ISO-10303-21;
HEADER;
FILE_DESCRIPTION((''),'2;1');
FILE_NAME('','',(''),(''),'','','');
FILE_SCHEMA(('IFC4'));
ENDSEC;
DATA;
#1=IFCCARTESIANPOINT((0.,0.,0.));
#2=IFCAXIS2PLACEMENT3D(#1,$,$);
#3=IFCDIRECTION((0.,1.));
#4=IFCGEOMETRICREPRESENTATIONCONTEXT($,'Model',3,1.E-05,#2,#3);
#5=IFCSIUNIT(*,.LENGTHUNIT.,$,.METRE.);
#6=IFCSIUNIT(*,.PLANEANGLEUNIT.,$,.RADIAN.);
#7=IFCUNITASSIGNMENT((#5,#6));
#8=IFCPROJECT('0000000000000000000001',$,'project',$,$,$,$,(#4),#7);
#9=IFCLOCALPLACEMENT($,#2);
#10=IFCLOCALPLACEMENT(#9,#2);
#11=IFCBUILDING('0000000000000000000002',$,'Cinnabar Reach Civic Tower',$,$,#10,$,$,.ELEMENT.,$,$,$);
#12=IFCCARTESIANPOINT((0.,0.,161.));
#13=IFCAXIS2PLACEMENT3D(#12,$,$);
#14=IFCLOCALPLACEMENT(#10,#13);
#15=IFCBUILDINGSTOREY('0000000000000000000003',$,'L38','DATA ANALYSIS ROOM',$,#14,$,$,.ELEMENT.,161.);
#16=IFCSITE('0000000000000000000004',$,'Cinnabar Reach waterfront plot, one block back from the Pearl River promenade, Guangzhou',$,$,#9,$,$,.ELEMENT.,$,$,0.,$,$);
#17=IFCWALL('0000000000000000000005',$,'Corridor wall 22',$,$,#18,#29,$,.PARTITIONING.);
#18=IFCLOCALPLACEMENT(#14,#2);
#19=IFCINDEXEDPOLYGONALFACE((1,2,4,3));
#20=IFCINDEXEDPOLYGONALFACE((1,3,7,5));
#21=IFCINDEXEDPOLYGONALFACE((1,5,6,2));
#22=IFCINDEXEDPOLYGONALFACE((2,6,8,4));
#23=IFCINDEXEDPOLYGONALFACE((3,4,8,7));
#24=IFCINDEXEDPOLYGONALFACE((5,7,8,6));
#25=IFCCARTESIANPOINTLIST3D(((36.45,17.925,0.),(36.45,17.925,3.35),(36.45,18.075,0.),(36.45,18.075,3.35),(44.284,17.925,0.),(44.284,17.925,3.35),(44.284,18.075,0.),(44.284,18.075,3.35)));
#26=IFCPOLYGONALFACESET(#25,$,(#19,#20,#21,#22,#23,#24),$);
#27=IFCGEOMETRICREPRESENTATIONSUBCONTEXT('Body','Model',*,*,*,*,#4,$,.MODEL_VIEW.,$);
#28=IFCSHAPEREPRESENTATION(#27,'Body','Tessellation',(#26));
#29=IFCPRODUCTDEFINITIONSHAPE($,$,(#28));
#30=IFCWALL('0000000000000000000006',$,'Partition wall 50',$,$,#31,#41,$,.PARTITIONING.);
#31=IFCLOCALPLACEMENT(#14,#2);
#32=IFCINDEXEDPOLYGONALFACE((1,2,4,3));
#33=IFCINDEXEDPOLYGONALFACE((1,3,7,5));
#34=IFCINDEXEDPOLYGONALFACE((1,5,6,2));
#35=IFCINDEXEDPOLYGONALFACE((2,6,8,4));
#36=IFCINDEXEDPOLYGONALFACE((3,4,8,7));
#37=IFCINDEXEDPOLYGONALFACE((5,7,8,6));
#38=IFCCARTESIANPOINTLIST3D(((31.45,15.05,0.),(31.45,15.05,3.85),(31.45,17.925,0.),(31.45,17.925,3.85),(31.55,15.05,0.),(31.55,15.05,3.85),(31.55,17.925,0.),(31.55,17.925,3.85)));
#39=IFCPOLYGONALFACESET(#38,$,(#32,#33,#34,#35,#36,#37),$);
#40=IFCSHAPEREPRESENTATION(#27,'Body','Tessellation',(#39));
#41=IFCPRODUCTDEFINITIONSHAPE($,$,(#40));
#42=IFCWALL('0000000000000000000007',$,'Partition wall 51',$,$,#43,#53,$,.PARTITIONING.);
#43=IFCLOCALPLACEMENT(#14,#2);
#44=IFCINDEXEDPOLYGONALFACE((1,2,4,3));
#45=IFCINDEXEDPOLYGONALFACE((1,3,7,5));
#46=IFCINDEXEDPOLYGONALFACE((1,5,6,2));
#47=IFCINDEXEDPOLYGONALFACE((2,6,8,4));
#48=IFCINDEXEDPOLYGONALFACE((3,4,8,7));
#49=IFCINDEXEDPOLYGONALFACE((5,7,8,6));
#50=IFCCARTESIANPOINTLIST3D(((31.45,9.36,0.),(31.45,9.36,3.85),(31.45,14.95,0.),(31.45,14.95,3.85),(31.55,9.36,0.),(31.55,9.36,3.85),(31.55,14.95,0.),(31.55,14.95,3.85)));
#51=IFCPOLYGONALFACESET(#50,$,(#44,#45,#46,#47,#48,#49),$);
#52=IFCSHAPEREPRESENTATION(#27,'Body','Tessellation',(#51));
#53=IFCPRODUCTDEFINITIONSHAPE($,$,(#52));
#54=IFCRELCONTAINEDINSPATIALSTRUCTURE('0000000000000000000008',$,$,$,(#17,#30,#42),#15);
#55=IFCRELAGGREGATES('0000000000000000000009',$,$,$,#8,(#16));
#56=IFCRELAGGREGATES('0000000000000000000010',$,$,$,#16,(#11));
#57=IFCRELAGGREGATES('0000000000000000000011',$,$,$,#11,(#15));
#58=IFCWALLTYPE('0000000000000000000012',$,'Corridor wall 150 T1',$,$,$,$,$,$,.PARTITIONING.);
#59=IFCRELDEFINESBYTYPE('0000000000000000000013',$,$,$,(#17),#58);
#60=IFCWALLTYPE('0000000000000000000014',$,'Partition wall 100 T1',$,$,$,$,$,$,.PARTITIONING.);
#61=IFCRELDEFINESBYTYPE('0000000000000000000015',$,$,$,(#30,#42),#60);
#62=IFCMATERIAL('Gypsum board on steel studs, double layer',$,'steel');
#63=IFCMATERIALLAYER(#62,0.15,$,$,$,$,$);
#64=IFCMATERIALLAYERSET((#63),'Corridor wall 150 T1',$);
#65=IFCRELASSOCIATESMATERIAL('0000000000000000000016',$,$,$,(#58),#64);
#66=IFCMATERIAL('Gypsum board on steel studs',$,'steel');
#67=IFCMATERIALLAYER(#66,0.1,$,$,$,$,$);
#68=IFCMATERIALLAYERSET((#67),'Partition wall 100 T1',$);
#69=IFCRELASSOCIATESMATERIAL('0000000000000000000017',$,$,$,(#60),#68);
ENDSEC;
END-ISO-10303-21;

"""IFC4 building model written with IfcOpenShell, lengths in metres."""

from ifc_helpers import new_model, si_unit, direction, frame, frame_2d, origin, place, context, subcontext, project, spatial, rectangle, extrude, material, layer, layer_set, type_object, element, save


model = new_model("IFC4")

# Units and contexts
model_context = context("Model", 3, precision=1e-05, world=origin(), true_north=direction((0.0, 1.0)))
body_context = subcontext(model_context, "Body", "Model", "MODEL_VIEW")
ifc_project = project(units=[si_unit("LENGTHUNIT", "METRE"), si_unit("PLANEANGLEUNIT", "RADIAN")], contexts=[model_context])

# Site, building, storey
site_placement = place(None, origin())
site = spatial("IfcSite", under=ifc_project, at=site_placement, Name="Cinnabar Reach waterfront plot, one block back from the Pearl River promenade, Guangzhou", CompositionType="ELEMENT", RefElevation=0.0)
building_placement = place(site_placement, origin())
building = spatial("IfcBuilding", under=site, at=building_placement, Name="Cinnabar Reach Civic Tower", CompositionType="ELEMENT")
storey_placement = place(building_placement, frame((0.0, 0.0, 161.0)))
storey = spatial("IfcBuildingStorey", under=building, at=storey_placement, Name="L38", Description="DATA ANALYSIS ROOM", CompositionType="ELEMENT", Elevation=161.0)

# Walls
ifc_material_1 = material(Name="Gypsum board on steel studs, double layer", Category="steel")
ifc_layer_1 = layer(ifc_material_1, 0.15)
ifc_layer_set_1 = layer_set([ifc_layer_1], Name="Corridor wall 150 T1")
wall_type_1 = type_object("IfcWallType", Name="Corridor wall 150 T1", PredefinedType="PARTITIONING", material=ifc_layer_set_1)
wall_1_placement = place(storey_placement, frame((36.45, 18.0, 0.0), z_axis=(0.0, 0.0, 1.0), x_axis=(1.0, 0.0, 0.0)))
element("IfcWall", 1, at=wall_1_placement, inside=storey, type_object=wall_type_1, Name="Corridor wall 22", PredefinedType="PARTITIONING", context=body_context, shape_type="SweptSolid", body=[
    extrude(rectangle(XDim=7.834, YDim=0.15, at=frame_2d((3.917, 0.0))), origin(), (0.0, 0.0, 1.0), 3.35),
])
ifc_material_2 = material(Name="Gypsum board on steel studs", Category="steel")
ifc_layer_2 = layer(ifc_material_2, 0.1)
ifc_layer_set_2 = layer_set([ifc_layer_2], Name="Partition wall 100 T1")
wall_type_2 = type_object("IfcWallType", Name="Partition wall 100 T1", PredefinedType="PARTITIONING", material=ifc_layer_set_2)
wall_2_placement = place(storey_placement, frame((31.5, 15.05, 0.0), z_axis=(0.0, 0.0, 1.0), x_axis=(0.0, 1.0, 0.0)))
element("IfcWall", 2, at=wall_2_placement, inside=storey, type_object=wall_type_2, Name="Partition wall 50", PredefinedType="PARTITIONING", context=body_context, shape_type="SweptSolid", body=[
    extrude(rectangle(XDim=2.875, YDim=0.1, at=frame_2d((1.4375, 0.0))), origin(), (0.0, 0.0, 1.0), 3.85),
])
wall_3_placement = place(storey_placement, frame((31.5, 9.36, 0.0), z_axis=(0.0, 0.0, 1.0), x_axis=(0.0, 1.0, 0.0)))
element("IfcWall", 3, at=wall_3_placement, inside=storey, type_object=wall_type_2, Name="Partition wall 51", PredefinedType="PARTITIONING", context=body_context, shape_type="SweptSolid", body=[
    extrude(rectangle(XDim=5.59, YDim=0.1, at=frame_2d((2.795, 0.0))), origin(), (0.0, 0.0, 1.0), 3.85),
])

save(model, "model.ifc")
